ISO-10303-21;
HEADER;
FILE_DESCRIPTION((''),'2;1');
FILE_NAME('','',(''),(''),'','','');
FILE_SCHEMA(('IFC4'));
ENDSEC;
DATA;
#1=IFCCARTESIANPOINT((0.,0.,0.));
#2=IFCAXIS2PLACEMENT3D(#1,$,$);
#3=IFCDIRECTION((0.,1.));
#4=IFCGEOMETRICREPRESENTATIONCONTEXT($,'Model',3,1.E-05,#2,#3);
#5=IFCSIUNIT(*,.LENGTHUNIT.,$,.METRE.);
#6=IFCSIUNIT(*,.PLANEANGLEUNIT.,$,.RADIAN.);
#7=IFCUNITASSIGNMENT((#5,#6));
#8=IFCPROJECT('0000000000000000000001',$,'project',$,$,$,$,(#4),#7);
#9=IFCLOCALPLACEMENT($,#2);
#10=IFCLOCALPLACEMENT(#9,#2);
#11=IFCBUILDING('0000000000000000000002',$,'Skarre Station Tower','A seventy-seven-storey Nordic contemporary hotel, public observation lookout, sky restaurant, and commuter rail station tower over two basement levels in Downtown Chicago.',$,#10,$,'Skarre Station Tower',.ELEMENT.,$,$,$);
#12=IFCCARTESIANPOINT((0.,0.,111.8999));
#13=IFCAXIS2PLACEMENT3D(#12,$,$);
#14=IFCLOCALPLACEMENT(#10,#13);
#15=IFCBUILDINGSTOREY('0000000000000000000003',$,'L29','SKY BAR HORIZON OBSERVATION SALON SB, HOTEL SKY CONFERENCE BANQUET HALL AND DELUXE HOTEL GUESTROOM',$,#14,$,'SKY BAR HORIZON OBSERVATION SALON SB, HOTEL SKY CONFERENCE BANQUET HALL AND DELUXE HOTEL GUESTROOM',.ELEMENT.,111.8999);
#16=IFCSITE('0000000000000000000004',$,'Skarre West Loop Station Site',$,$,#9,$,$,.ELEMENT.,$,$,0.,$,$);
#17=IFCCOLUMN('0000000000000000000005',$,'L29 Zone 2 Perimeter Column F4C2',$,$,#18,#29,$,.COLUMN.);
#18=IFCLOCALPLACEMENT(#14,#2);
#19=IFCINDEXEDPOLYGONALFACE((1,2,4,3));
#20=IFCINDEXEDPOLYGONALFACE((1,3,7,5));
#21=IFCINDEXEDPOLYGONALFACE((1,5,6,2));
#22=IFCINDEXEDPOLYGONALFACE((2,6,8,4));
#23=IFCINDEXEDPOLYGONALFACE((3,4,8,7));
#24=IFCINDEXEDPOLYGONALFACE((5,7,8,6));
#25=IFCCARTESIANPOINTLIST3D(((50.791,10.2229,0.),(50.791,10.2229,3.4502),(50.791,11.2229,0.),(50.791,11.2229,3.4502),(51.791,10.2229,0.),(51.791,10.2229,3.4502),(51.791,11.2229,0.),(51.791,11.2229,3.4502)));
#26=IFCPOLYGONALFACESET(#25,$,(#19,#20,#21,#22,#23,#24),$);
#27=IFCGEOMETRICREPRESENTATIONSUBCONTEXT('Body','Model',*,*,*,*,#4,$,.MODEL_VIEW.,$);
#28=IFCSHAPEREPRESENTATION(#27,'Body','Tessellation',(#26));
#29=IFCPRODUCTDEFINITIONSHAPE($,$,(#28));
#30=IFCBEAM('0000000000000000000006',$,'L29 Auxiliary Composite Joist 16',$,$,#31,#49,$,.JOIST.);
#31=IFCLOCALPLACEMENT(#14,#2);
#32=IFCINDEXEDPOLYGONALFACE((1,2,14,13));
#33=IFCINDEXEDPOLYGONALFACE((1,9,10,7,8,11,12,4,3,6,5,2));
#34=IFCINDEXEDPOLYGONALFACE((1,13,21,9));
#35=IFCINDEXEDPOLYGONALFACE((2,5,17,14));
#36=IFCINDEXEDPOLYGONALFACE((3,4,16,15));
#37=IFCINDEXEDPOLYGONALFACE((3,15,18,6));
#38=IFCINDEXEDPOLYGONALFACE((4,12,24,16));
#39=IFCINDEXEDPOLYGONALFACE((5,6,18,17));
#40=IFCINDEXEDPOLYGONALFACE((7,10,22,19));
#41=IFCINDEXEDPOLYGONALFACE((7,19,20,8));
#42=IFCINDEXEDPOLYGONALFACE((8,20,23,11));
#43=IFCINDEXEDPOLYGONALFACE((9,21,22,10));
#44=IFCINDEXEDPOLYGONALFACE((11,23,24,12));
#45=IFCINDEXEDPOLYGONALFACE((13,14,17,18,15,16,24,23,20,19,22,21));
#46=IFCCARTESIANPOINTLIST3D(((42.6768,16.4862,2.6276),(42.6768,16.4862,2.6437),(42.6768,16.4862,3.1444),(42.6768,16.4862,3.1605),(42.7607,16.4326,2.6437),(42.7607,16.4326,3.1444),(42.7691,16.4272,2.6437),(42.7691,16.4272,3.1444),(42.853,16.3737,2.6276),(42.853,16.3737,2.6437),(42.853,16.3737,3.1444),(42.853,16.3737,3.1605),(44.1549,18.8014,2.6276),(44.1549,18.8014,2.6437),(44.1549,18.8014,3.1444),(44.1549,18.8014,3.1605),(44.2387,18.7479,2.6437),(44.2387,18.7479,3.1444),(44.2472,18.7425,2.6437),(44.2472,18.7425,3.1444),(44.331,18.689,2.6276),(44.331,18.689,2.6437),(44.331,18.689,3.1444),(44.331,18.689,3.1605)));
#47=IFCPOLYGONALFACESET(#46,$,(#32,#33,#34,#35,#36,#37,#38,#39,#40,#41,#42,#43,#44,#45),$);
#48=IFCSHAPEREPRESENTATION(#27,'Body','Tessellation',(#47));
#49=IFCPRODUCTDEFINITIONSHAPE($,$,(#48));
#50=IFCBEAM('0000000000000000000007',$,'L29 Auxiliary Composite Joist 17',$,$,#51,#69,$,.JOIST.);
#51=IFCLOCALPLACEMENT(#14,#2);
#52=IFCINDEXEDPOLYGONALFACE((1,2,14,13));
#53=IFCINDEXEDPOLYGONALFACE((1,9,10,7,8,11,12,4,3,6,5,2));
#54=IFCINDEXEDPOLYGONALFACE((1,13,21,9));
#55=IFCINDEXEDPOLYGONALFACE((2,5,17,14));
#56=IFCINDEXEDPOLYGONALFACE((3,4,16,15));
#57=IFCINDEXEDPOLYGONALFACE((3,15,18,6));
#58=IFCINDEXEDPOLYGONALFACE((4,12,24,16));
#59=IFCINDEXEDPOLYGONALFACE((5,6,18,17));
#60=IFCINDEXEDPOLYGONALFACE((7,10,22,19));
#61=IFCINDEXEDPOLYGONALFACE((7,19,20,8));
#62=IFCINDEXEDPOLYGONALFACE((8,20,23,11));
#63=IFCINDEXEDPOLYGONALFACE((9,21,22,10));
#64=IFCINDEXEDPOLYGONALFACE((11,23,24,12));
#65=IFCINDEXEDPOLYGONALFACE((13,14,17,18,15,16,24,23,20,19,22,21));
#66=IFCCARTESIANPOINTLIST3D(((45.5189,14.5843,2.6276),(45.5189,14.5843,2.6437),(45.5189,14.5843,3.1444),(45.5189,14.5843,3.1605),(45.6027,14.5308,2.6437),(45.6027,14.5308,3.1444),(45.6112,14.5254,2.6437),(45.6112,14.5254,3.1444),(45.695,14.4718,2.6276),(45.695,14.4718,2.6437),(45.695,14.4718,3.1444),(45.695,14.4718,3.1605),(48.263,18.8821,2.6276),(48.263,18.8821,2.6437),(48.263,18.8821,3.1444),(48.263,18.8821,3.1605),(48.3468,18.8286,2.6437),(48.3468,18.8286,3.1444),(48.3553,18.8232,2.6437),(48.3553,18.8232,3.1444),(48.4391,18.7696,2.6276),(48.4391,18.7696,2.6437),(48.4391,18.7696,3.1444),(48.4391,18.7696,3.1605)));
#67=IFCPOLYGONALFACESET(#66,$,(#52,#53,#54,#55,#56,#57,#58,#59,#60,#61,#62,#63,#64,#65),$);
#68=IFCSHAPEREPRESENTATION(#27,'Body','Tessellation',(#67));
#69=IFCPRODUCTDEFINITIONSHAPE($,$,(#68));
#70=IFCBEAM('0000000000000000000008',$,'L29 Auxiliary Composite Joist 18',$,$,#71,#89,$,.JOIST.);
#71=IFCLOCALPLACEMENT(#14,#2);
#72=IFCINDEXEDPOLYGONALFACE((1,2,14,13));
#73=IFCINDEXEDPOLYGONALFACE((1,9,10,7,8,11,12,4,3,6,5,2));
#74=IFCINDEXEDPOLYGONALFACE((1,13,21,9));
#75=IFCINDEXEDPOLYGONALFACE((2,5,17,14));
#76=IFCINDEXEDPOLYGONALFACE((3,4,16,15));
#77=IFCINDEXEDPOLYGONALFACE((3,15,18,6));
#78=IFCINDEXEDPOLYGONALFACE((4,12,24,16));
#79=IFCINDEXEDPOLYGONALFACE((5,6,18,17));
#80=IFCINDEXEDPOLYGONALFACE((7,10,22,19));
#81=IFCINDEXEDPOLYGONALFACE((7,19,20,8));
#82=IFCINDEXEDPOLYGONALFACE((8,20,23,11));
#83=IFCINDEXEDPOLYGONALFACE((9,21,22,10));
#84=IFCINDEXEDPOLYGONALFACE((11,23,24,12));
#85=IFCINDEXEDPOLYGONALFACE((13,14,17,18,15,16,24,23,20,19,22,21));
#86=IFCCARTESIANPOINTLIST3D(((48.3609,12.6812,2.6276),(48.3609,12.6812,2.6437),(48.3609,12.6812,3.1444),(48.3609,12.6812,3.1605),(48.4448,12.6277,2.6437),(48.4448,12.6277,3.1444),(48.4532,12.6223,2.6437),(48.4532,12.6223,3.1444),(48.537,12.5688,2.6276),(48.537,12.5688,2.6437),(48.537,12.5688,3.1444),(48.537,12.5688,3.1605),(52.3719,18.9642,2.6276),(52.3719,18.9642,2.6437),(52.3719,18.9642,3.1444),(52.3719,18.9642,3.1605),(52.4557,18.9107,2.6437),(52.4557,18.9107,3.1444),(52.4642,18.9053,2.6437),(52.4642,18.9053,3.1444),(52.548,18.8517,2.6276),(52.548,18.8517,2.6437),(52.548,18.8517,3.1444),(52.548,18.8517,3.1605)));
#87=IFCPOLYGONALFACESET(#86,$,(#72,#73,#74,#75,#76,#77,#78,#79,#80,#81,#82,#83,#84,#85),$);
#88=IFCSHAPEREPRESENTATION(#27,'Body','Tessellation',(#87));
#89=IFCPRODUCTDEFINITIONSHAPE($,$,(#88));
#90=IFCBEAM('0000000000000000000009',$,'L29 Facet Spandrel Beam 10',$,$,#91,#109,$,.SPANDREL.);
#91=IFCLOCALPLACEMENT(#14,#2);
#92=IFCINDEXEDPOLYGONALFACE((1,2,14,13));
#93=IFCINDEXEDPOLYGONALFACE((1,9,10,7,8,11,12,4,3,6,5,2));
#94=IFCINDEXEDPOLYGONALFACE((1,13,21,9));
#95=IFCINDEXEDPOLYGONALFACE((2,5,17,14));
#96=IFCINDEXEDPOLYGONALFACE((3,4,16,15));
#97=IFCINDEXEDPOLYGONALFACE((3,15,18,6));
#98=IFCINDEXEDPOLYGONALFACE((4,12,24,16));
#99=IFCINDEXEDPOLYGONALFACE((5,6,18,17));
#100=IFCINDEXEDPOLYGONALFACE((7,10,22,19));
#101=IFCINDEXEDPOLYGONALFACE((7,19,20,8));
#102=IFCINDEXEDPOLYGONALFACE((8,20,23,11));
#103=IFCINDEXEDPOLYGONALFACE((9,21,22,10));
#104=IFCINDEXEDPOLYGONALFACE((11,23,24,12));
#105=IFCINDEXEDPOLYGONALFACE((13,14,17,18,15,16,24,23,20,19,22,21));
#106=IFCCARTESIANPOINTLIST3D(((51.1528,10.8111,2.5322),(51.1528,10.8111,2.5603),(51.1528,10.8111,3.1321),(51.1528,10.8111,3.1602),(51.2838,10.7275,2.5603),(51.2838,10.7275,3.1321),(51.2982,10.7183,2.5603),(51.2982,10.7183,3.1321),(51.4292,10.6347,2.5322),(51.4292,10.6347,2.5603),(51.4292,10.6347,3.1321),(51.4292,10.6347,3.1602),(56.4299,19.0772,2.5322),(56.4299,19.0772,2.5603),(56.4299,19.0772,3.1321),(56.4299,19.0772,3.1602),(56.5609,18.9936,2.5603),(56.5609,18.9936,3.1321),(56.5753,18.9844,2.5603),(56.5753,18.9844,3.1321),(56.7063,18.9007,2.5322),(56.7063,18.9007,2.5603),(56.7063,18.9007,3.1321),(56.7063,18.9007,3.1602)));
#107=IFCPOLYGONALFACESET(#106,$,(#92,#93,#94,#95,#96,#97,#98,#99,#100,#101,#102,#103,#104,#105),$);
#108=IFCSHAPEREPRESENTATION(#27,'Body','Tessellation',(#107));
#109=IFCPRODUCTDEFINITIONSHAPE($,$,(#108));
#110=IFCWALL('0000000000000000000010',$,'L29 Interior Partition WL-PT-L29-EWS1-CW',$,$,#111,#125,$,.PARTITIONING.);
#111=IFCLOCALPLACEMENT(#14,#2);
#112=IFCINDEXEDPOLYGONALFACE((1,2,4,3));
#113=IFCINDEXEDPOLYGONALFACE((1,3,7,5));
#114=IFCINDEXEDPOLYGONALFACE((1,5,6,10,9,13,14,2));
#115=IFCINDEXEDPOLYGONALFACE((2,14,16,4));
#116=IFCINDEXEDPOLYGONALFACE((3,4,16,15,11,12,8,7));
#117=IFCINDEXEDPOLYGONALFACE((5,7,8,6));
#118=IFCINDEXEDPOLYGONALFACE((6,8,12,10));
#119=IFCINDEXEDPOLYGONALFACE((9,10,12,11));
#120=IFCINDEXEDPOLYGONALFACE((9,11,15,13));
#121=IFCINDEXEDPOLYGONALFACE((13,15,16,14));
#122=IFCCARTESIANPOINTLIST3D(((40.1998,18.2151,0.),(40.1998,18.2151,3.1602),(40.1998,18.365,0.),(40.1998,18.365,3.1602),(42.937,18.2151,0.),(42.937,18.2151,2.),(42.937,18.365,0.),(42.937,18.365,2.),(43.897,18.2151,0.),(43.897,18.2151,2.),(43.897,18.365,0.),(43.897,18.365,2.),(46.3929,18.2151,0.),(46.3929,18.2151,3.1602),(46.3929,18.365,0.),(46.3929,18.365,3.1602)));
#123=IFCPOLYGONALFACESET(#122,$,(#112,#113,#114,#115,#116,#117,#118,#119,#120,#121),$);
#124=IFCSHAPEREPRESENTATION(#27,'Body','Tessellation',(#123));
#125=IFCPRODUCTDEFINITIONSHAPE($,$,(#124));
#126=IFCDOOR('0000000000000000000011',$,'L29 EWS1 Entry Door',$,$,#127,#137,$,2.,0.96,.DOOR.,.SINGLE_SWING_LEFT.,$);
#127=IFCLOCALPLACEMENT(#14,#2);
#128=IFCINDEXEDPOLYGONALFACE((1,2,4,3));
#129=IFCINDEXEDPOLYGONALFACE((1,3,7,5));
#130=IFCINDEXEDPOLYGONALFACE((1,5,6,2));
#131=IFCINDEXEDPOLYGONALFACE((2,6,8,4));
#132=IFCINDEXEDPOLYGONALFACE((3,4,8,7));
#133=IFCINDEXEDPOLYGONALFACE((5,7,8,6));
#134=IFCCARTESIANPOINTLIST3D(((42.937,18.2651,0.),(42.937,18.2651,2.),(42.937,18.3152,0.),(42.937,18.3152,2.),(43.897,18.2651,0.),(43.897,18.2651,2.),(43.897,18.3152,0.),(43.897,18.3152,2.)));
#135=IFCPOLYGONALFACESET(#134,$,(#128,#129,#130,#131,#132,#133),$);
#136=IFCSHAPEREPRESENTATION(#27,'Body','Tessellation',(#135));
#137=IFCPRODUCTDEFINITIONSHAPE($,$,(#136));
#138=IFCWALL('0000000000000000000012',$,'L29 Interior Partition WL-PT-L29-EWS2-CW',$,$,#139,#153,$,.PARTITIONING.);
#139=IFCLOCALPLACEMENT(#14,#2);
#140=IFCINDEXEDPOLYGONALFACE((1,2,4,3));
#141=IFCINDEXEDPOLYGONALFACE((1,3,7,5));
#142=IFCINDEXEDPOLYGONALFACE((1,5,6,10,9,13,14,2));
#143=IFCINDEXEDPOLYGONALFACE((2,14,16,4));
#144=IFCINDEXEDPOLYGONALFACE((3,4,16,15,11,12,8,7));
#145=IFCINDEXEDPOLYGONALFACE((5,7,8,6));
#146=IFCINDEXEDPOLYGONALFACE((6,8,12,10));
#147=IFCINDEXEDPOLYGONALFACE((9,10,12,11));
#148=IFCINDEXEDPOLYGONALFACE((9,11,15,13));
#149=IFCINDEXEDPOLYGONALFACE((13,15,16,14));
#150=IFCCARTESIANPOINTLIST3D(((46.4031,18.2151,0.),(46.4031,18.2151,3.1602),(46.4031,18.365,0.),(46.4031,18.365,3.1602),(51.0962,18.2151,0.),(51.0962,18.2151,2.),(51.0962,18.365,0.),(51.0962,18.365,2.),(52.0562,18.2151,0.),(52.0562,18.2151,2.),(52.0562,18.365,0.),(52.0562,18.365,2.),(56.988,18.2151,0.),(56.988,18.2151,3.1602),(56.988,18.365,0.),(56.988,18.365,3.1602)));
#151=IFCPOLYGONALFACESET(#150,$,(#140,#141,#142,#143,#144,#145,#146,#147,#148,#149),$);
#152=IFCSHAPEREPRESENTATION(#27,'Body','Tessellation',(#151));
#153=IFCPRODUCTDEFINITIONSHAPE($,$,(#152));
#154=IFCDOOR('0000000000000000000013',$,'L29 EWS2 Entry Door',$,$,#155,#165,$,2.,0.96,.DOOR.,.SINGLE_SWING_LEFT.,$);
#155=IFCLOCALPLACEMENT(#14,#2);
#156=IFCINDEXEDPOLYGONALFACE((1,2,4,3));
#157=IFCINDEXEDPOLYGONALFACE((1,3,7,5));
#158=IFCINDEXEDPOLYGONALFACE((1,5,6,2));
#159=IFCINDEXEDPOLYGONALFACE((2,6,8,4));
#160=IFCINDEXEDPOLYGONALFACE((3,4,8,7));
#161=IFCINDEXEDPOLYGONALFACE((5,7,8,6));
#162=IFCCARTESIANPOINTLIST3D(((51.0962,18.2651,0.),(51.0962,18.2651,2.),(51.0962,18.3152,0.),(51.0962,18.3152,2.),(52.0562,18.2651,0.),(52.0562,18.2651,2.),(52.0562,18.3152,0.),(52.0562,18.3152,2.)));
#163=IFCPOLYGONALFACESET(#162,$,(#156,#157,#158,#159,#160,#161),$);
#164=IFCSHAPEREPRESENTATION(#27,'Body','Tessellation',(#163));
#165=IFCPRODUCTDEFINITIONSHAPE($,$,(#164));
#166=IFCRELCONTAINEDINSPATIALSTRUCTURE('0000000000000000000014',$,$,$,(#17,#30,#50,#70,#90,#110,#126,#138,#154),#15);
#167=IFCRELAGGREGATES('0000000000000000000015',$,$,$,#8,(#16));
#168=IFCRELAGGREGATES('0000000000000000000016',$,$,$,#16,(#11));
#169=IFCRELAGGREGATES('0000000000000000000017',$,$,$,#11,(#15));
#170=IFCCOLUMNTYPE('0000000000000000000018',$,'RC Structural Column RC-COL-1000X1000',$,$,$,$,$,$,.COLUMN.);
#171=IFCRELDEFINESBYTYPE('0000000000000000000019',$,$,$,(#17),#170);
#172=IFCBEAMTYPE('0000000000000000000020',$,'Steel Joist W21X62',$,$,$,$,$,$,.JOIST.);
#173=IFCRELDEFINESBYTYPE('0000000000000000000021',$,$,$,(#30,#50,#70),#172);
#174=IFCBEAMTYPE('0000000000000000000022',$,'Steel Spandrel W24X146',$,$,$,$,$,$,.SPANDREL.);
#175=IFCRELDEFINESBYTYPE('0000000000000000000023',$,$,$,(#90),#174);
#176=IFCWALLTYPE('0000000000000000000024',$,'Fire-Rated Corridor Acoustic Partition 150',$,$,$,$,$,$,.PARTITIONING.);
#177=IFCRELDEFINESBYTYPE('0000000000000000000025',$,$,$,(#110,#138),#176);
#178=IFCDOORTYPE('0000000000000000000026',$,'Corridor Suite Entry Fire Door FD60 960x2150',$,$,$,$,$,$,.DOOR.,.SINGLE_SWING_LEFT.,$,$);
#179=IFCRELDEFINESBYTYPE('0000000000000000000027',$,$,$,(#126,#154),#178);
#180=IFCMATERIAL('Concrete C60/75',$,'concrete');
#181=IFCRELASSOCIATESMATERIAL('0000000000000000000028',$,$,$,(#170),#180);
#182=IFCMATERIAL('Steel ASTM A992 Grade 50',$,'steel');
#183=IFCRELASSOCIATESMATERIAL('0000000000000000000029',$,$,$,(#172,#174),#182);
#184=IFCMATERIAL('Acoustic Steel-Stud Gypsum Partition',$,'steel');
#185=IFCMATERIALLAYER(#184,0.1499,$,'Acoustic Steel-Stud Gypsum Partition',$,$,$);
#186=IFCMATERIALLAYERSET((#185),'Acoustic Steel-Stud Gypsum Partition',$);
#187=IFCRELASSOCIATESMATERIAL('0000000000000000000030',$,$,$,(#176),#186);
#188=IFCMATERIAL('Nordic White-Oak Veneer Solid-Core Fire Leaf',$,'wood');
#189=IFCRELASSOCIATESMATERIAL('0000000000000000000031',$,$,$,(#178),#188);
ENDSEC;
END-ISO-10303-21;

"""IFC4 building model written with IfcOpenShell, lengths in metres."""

from ifc_helpers import new_model, si_unit, direction, frame, frame_2d, origin, origin_2d, place, context, subcontext, project, spatial, rectangle, i_section, extrude, material, layer, layer_set, material_profile, profile_set, type_object, element, fill, save


model = new_model("IFC4")

# Units and contexts
model_context = context("Model", 3, precision=1e-05, world=origin(), true_north=direction((0.0, 1.0)))
body_context = subcontext(model_context, "Body", "Model", "MODEL_VIEW")
ifc_project = project(units=[si_unit("LENGTHUNIT", "METRE"), si_unit("PLANEANGLEUNIT", "RADIAN")], contexts=[model_context])

# Site, building, storey
site_placement = place(None, origin())
site = spatial("IfcSite", under=ifc_project, at=site_placement, Name="Skarre West Loop Station Site", CompositionType="ELEMENT", RefElevation=0.0)
building_placement = place(site_placement, origin())
building = spatial("IfcBuilding", under=site, at=building_placement, Name="Skarre Station Tower", Description="A seventy-seven-storey Nordic contemporary hotel, public observation lookout, sky restaurant, and commuter rail station tower over two basement levels in Downtown Chicago.", LongName="Skarre Station Tower", CompositionType="ELEMENT")
storey_placement = place(building_placement, frame((0.0, 0.0, 111.8999)))
storey = spatial("IfcBuildingStorey", under=building, at=storey_placement, Name="L29", Description="SKY BAR HORIZON OBSERVATION SALON SB, HOTEL SKY CONFERENCE BANQUET HALL AND DELUXE HOTEL GUESTROOM", LongName="SKY BAR HORIZON OBSERVATION SALON SB, HOTEL SKY CONFERENCE BANQUET HALL AND DELUXE HOTEL GUESTROOM", CompositionType="ELEMENT", Elevation=111.8999)

# Column
ifc_material_1 = material(Name="Concrete C60/75", Category="concrete")
ifc_material_profile_1 = material_profile(ifc_material_1, rectangle(XDim=1.0, YDim=1.0, at=origin_2d()), Name="Concrete C60/75")
ifc_profile_set_1 = profile_set([ifc_material_profile_1], Name="Concrete C60/75")
column_type = type_object("IfcColumnType", Name="RC Structural Column RC-COL-1000X1000", PredefinedType="COLUMN", material=ifc_profile_set_1)
column_placement = place(storey_placement, frame((51.291, 10.7229, 0.0), z_axis=(0.0, 0.0, 1.0), x_axis=(1.0, 0.0, 0.0)))
element("IfcColumn", 1, at=column_placement, inside=storey, type_object=column_type, Name="L29 Zone 2 Perimeter Column F4C2", PredefinedType="COLUMN", context=body_context, shape_type="SweptSolid", body=[
    extrude(rectangle(XDim=1.0, YDim=1.0, at=origin_2d()), origin(), (0.0, 0.0, 1.0), 3.4502),
])

# Beams
ifc_material_2 = material(Name="Steel ASTM A992 Grade 50", Category="steel")
ifc_material_profile_2 = material_profile(ifc_material_2, i_section(OverallWidth=0.209, OverallDepth=0.533, WebThickness=0.01, FlangeThickness=0.0161, at=origin_2d()), Name="Steel ASTM A992 Grade 50")
ifc_profile_set_2 = profile_set([ifc_material_profile_2], Name="Steel ASTM A992 Grade 50")
beam_type_1 = type_object("IfcBeamType", Name="Steel Joist W21X62", PredefinedType="JOIST", material=ifc_profile_set_2)
beam_1_placement = place(storey_placement, frame((42.7649, 16.4299, 2.894), z_axis=(0.5381, 0.842881, 0.0), x_axis=(-0.842881, 0.5381, 0.0)))
element("IfcBeam", 2, at=beam_1_placement, inside=storey, type_object=beam_type_1, Name="L29 Auxiliary Composite Joist 16", PredefinedType="JOIST", context=body_context, shape_type="SweptSolid", body=[
    extrude(i_section(OverallWidth=0.209, OverallDepth=0.533, WebThickness=0.01, FlangeThickness=0.0161, at=origin_2d()), origin(), (0.0, 0.0, 1.0), 2.7468),
])
beam_2_placement = place(storey_placement, frame((45.6069, 14.5281, 2.894), z_axis=(0.538151, 0.842848, 0.0), x_axis=(-0.842848, 0.538151, 0.0)))
element("IfcBeam", 3, at=beam_2_placement, inside=storey, type_object=beam_type_1, Name="L29 Auxiliary Composite Joist 17", PredefinedType="JOIST", context=body_context, shape_type="SweptSolid", body=[
    extrude(i_section(OverallWidth=0.209, OverallDepth=0.533, WebThickness=0.01, FlangeThickness=0.0161, at=origin_2d()), origin(), (0.0, 0.0, 1.0), 5.0991),
])
beam_3_placement = place(storey_placement, frame((48.449, 12.625, 2.894), z_axis=(0.538091, 0.842886, 0.0), x_axis=(-0.842886, 0.538091, 0.0)))
element("IfcBeam", 4, at=beam_3_placement, inside=storey, type_object=beam_type_1, Name="L29 Auxiliary Composite Joist 18", PredefinedType="JOIST", context=body_context, shape_type="SweptSolid", body=[
    extrude(i_section(OverallWidth=0.209, OverallDepth=0.533, WebThickness=0.01, FlangeThickness=0.0161, at=origin_2d()), origin(), (0.0, 0.0, 1.0), 7.4541),
])
ifc_material_profile_3 = material_profile(ifc_material_2, i_section(OverallWidth=0.3279, OverallDepth=0.6279, WebThickness=0.0171, FlangeThickness=0.0281, at=origin_2d()), Name="Steel ASTM A992 Grade 50")
ifc_profile_set_3 = profile_set([ifc_material_profile_3], Name="Steel ASTM A992 Grade 50")
beam_type_2 = type_object("IfcBeamType", Name="Steel Spandrel W24X146", PredefinedType="SPANDREL", material=ifc_profile_set_3)
beam_4_placement = place(storey_placement, frame((51.291, 10.7229, 2.8462), z_axis=(0.538098, 0.842883, 0.0), x_axis=(-0.842883, 0.538098, 0.0)))
element("IfcBeam", 5, at=beam_4_placement, inside=storey, type_object=beam_type_2, Name="L29 Facet Spandrel Beam 10", PredefinedType="SPANDREL", context=body_context, shape_type="SweptSolid", body=[
    extrude(i_section(OverallWidth=0.3279, OverallDepth=0.6279, WebThickness=0.0171, FlangeThickness=0.0281, at=origin_2d()), origin(), (0.0, 0.0, 1.0), 9.8069),
])

# Walls, openings, doors
ifc_material_3 = material(Name="Acoustic Steel-Stud Gypsum Partition", Category="steel")
ifc_layer_1 = layer(ifc_material_3, 0.1499, Name="Acoustic Steel-Stud Gypsum Partition")
ifc_layer_set_1 = layer_set([ifc_layer_1], Name="Acoustic Steel-Stud Gypsum Partition")
wall_type_1 = type_object("IfcWallType", Name="Fire-Rated Corridor Acoustic Partition 150", PredefinedType="PARTITIONING", material=ifc_layer_set_1)
wall_1_placement = place(storey_placement, frame((46.3931, 18.29, 0.0), z_axis=(0.0, 0.0, 1.0), x_axis=(-1.0, 0.0, 0.0)))
wall_1 = element("IfcWall", 6, at=wall_1_placement, inside=storey, type_object=wall_type_1, Name="L29 Interior Partition WL-PT-L29-EWS1-CW", PredefinedType="PARTITIONING", context=body_context, shape_type="SweptSolid", body=[
    extrude(rectangle(XDim=6.1931, YDim=0.1499, at=frame_2d((3.0967, 0.0))), origin(), (0.0, 0.0, 1.0), 3.1602),
])
opening_1_placement = place(wall_1_placement, frame((2.4961, 0.0, 0.0)))
opening_1 = element("IfcOpeningElement", 7, at=opening_1_placement, cuts=wall_1, PredefinedType="OPENING", context=body_context, shape_type="SweptSolid", body=[
    extrude(rectangle(XDim=0.96, YDim=2.0, at=frame_2d((0.48, 1.0))), frame((0.0, 0.085, 0.0), z_axis=(0.0, -1.0, 0.0), x_axis=(1.0, 0.0, 0.0)), (0.0, 0.0, 1.0), 0.1699),
])
ifc_material_4 = material(Name="Nordic White-Oak Veneer Solid-Core Fire Leaf", Category="wood")
door_type = type_object("IfcDoorType", Name="Corridor Suite Entry Fire Door FD60 960x2150", OperationType="SINGLE_SWING_LEFT", PredefinedType="DOOR", material=ifc_material_4)
door_1_placement = place(opening_1_placement, origin())
door_1 = element("IfcDoor", 8, at=door_1_placement, inside=storey, type_object=door_type, Name="L29 EWS1 Entry Door", OperationType="SINGLE_SWING_LEFT", OverallHeight=2.0, OverallWidth=0.96, PredefinedType="DOOR", context=body_context, shape_type="SweptSolid", body=[
    extrude(rectangle(XDim=0.96, YDim=2.0, at=frame_2d((0.48, 1.0))), frame((0.0, 0.0249, 0.0), z_axis=(0.0, -1.0, 0.0), x_axis=(1.0, 0.0, 0.0)), (0.0, 0.0, 1.0), 0.05),
])
fill(opening_1, door_1)
wall_2_placement = place(storey_placement, frame((56.988, 18.29, 0.0), z_axis=(0.0, 0.0, 1.0), x_axis=(-1.0, 0.0, 0.0)))
wall_2 = element("IfcWall", 9, at=wall_2_placement, inside=storey, type_object=wall_type_1, Name="L29 Interior Partition WL-PT-L29-EWS2-CW", PredefinedType="PARTITIONING", context=body_context, shape_type="SweptSolid", body=[
    extrude(rectangle(XDim=10.585, YDim=0.1499, at=frame_2d((5.2925, 0.0))), origin(), (0.0, 0.0, 1.0), 3.1602),
])
opening_2_placement = place(wall_2_placement, frame((4.9319, 0.0, 0.0)))
opening_2 = element("IfcOpeningElement", 10, at=opening_2_placement, cuts=wall_2, PredefinedType="OPENING", context=body_context, shape_type="SweptSolid", body=[
    extrude(rectangle(XDim=0.96, YDim=2.0, at=frame_2d((0.48, 1.0))), frame((0.0, 0.085, 0.0), z_axis=(0.0, -1.0, 0.0), x_axis=(1.0, 0.0, 0.0)), (0.0, 0.0, 1.0), 0.1699),
])
door_2_placement = place(opening_2_placement, origin())
door_2 = element("IfcDoor", 11, at=door_2_placement, inside=storey, type_object=door_type, Name="L29 EWS2 Entry Door", OperationType="SINGLE_SWING_LEFT", OverallHeight=2.0, OverallWidth=0.96, PredefinedType="DOOR", context=body_context, shape_type="SweptSolid", body=[
    extrude(rectangle(XDim=0.96, YDim=2.0, at=frame_2d((0.48, 1.0))), frame((0.0, 0.0249, 0.0), z_axis=(0.0, -1.0, 0.0), x_axis=(1.0, 0.0, 0.0)), (0.0, 0.0, 1.0), 0.05),
])
fill(opening_2, door_2)

save(model, "model.ifc")
